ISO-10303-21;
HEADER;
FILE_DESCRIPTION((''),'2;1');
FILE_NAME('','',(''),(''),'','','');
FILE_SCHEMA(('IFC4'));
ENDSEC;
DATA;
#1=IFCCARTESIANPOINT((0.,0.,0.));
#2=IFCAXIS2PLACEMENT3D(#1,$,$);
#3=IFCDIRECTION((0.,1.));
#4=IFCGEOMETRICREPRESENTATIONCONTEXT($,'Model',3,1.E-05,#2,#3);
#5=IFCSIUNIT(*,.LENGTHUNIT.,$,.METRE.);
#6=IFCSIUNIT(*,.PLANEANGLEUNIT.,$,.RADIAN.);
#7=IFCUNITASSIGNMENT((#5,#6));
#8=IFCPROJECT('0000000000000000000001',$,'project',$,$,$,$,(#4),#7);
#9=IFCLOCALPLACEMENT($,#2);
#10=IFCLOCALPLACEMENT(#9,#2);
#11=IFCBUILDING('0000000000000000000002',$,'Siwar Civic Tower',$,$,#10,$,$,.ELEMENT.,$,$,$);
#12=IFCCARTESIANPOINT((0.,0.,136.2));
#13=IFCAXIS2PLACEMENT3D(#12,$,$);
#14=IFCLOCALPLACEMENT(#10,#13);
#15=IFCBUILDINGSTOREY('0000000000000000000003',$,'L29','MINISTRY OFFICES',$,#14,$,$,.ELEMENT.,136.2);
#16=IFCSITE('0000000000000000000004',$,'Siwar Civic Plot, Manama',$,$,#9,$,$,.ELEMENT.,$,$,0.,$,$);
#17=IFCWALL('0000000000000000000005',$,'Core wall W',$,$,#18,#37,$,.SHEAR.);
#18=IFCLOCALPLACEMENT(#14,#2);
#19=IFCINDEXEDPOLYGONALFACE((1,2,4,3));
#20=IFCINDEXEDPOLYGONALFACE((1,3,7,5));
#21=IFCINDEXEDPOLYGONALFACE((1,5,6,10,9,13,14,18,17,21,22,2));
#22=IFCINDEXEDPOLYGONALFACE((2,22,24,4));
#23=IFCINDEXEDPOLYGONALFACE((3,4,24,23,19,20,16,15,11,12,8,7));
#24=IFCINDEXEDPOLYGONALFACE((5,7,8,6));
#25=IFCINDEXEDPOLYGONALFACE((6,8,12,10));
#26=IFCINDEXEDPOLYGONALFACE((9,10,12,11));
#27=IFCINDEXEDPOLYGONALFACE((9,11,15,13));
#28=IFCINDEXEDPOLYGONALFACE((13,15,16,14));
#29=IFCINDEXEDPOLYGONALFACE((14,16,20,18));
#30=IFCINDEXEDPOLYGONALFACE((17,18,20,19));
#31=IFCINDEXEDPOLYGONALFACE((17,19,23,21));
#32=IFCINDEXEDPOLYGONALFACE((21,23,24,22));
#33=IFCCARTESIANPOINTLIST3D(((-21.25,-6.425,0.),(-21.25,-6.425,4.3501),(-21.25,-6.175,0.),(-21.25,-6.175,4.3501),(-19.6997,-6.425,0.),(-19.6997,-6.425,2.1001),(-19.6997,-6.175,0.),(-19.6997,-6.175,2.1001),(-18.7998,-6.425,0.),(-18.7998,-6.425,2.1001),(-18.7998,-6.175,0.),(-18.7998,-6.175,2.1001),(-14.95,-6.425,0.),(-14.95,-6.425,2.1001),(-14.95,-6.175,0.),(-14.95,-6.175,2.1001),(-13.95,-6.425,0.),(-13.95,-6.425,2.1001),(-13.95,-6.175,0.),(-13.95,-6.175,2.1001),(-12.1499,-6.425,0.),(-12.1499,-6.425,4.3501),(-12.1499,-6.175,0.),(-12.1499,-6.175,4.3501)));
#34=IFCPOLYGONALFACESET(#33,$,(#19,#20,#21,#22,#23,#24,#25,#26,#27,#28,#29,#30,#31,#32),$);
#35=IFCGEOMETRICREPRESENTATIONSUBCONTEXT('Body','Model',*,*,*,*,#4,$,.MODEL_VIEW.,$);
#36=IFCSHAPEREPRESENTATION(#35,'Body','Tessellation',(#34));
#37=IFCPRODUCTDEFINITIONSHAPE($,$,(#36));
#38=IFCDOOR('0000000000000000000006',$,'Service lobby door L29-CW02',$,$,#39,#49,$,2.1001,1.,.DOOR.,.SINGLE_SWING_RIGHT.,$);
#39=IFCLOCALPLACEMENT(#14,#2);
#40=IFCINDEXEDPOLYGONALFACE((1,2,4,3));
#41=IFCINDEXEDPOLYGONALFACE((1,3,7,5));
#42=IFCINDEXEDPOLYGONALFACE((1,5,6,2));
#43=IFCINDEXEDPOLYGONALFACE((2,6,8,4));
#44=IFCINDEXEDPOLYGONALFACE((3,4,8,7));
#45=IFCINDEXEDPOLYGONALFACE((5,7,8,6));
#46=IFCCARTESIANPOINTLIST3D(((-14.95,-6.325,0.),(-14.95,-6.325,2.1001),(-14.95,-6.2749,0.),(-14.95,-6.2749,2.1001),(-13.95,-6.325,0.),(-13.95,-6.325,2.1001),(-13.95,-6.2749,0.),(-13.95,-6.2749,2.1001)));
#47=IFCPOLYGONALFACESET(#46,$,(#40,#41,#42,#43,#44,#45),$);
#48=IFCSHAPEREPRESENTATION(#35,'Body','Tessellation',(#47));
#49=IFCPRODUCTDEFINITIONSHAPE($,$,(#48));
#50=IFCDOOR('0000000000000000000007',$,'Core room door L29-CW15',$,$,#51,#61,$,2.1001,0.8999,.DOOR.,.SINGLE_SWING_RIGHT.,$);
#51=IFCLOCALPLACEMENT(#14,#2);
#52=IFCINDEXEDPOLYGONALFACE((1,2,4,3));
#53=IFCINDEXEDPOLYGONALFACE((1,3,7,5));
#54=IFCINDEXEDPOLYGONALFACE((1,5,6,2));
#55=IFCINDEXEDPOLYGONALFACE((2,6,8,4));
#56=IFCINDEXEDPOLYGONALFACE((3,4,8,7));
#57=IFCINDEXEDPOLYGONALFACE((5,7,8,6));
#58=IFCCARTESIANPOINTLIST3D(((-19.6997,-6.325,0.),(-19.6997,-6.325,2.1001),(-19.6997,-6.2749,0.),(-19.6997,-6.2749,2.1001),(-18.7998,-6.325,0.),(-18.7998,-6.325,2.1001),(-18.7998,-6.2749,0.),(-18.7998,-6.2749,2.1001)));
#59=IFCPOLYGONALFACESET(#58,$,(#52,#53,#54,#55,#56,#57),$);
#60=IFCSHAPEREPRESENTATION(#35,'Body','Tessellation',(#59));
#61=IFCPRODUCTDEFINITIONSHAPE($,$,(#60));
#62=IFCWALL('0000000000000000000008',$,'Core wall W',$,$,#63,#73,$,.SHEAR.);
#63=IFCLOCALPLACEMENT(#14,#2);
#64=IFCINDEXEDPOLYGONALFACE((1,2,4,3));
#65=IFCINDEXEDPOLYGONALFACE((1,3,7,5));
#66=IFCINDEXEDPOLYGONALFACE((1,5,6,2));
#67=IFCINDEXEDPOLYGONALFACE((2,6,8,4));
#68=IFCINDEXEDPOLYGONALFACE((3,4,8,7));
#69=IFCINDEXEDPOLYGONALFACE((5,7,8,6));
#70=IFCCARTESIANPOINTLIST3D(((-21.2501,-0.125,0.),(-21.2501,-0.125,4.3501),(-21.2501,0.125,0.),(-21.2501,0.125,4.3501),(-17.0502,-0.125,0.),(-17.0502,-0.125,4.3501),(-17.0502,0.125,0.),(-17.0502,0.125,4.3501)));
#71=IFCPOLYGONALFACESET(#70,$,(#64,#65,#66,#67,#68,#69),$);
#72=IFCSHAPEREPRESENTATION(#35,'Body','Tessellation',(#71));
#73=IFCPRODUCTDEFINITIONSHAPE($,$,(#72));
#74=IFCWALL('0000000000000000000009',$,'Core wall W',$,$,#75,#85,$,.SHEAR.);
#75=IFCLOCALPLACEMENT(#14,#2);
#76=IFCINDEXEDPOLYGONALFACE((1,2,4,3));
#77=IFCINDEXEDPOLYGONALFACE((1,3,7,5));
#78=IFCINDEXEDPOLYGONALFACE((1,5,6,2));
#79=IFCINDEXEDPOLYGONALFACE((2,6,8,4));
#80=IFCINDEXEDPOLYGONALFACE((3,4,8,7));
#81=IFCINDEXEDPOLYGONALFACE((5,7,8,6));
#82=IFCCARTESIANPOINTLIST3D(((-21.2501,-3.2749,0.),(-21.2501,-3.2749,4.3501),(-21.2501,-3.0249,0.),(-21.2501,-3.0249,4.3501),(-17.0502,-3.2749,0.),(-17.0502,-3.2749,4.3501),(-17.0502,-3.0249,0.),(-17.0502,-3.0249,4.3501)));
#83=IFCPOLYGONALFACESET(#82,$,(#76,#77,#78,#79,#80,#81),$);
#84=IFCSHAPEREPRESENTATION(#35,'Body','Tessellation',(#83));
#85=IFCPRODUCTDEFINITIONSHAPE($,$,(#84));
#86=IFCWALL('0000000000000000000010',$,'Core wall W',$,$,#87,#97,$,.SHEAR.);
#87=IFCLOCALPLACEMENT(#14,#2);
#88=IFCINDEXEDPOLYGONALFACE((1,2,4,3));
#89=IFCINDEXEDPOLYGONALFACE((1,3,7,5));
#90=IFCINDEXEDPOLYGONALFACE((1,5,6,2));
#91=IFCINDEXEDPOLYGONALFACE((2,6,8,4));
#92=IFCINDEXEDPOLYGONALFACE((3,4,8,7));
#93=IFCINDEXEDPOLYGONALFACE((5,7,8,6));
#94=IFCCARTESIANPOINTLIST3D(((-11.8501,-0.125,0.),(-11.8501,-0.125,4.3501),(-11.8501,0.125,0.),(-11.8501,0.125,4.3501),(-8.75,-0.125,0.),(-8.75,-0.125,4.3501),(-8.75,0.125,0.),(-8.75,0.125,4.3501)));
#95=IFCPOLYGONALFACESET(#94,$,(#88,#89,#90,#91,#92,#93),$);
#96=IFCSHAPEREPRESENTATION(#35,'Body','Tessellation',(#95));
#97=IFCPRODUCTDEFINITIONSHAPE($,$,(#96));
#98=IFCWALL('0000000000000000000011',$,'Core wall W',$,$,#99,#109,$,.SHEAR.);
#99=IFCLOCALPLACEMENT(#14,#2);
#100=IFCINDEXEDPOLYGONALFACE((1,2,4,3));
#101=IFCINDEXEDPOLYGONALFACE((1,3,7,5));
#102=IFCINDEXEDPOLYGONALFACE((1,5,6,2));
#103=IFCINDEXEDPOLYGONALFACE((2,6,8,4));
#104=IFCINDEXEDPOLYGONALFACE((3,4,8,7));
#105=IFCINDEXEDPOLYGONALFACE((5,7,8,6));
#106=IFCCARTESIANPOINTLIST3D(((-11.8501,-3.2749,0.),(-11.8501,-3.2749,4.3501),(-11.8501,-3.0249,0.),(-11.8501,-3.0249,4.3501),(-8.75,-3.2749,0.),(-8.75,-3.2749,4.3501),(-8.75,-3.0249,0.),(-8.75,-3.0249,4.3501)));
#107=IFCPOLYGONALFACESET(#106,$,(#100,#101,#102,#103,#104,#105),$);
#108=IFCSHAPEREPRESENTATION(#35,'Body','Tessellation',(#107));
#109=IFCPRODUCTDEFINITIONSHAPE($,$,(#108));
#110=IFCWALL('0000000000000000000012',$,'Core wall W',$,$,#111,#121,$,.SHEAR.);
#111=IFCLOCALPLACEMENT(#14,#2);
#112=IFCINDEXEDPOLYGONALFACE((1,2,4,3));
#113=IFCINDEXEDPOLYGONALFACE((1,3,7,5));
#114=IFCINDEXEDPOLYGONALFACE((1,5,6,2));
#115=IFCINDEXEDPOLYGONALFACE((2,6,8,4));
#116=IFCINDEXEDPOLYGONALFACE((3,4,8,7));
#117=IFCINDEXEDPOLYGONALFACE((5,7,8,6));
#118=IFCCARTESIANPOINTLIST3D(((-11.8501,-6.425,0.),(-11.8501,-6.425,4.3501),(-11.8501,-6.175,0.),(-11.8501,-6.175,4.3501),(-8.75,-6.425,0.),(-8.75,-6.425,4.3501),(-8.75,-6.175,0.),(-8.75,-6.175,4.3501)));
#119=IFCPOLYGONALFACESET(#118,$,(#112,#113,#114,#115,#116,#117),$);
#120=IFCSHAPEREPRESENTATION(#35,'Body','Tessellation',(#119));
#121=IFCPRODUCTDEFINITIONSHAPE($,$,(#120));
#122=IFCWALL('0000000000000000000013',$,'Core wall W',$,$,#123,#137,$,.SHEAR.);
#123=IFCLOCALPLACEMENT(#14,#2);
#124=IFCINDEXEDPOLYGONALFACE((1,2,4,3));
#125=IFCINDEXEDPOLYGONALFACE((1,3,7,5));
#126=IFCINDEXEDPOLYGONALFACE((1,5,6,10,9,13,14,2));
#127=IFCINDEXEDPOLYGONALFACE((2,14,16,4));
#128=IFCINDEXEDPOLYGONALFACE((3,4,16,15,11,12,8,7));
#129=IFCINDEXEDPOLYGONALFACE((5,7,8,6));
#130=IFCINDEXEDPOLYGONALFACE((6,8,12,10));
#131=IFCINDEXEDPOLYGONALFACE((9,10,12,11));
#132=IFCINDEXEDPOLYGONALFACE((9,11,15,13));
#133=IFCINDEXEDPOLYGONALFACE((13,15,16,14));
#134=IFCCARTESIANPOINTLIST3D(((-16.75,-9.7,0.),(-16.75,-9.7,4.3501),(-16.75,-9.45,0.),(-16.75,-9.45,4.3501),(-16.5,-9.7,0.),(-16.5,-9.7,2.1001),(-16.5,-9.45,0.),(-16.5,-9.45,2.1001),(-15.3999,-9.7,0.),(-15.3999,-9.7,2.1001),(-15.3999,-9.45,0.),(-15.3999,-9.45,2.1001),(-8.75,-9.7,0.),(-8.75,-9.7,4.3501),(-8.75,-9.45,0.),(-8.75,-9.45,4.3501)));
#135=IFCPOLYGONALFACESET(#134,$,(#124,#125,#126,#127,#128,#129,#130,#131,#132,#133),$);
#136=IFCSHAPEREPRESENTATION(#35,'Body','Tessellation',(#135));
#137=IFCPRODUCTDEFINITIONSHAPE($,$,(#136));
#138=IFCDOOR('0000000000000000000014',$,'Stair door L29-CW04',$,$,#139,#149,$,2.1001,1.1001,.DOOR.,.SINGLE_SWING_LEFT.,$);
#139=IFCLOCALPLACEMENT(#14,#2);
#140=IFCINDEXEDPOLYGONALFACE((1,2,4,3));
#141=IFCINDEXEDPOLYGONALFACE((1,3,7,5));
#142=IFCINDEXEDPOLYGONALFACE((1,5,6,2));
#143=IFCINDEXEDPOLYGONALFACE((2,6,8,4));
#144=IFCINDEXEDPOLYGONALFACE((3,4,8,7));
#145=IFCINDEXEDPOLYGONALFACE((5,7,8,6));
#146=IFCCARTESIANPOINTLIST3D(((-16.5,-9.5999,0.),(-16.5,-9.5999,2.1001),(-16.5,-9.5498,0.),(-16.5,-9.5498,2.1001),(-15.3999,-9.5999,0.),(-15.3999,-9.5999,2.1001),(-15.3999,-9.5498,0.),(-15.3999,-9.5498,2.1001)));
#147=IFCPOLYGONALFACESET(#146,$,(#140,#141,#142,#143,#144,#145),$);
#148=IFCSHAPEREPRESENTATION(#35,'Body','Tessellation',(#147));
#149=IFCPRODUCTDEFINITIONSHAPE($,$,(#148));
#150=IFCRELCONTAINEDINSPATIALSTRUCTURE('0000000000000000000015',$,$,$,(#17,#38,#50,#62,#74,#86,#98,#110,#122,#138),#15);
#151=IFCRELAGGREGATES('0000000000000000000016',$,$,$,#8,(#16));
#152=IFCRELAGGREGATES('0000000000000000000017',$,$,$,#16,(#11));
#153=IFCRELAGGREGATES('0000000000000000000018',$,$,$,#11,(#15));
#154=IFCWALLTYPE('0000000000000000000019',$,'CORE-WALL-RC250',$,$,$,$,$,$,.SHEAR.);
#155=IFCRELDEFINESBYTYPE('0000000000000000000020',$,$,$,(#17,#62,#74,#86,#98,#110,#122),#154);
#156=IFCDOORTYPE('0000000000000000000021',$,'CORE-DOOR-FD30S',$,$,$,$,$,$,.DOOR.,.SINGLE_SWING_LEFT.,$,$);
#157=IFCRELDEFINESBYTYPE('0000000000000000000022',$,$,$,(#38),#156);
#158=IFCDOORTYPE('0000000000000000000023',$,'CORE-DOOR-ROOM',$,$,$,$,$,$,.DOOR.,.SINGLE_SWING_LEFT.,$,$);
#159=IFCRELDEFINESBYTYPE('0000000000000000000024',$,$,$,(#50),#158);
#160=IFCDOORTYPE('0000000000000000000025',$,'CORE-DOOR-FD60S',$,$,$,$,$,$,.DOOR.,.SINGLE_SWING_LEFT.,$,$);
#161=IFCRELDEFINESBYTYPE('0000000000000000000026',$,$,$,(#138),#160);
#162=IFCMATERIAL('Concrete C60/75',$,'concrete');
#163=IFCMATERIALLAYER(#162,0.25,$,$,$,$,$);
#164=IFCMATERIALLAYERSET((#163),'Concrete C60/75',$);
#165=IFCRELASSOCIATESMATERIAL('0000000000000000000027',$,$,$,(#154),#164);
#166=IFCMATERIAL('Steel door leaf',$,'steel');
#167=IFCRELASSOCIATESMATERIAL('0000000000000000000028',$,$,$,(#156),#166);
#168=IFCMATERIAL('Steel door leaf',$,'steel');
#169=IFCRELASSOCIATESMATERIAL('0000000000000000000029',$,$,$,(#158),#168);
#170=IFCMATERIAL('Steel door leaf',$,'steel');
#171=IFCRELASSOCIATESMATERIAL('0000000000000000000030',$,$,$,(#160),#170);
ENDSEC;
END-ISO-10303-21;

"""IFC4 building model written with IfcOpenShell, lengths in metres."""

from ifc_helpers import new_model, si_unit, direction, frame, frame_2d, origin, place, context, subcontext, project, spatial, rectangle, extrude, material, layer, layer_set, type_object, element, fill, save


model = new_model("IFC4")

# Units and contexts
model_context = context("Model", 3, precision=1e-05, world=origin(), true_north=direction((0.0, 1.0)))
body_context = subcontext(model_context, "Body", "Model", "MODEL_VIEW")
ifc_project = project(units=[si_unit("LENGTHUNIT", "METRE"), si_unit("PLANEANGLEUNIT", "RADIAN")], contexts=[model_context])

# Site, building, storey
site_placement = place(None, origin())
site = spatial("IfcSite", under=ifc_project, at=site_placement, Name="Siwar Civic Plot, Manama", CompositionType="ELEMENT", RefElevation=0.0)
building_placement = place(site_placement, origin())
building = spatial("IfcBuilding", under=site, at=building_placement, Name="Siwar Civic Tower", CompositionType="ELEMENT")
storey_placement = place(building_placement, frame((0.0, 0.0, 136.2)))
storey = spatial("IfcBuildingStorey", under=building, at=storey_placement, Name="L29", Description="MINISTRY OFFICES", CompositionType="ELEMENT", Elevation=136.2)

# Wall, openings, doors
ifc_material_1 = material(Name="Concrete C60/75", Category="concrete")
ifc_layer_1 = layer(ifc_material_1, 0.25)
ifc_layer_set_1 = layer_set([ifc_layer_1], Name="Concrete C60/75")
wall_type_1 = type_object("IfcWallType", Name="CORE-WALL-RC250", PredefinedType="SHEAR", material=ifc_layer_set_1)
wall_1_placement = place(storey_placement, frame((-12.1499, -6.3, 0.0), z_axis=(0.0, 0.0, 1.0), x_axis=(-1.0, 0.0, 0.0)))
wall_1 = element("IfcWall", 1, at=wall_1_placement, inside=storey, type_object=wall_type_1, Name="Core wall W", PredefinedType="SHEAR", context=body_context, shape_type="SweptSolid", body=[
    extrude(rectangle(XDim=9.1001, YDim=0.25, at=frame_2d((4.55, 0.0))), origin(), (0.0, 0.0, 1.0), 4.3501),
])
opening_1_placement = place(wall_1_placement, frame((1.8, 0.0, 0.0)))
opening_1 = element("IfcOpeningElement", 2, at=opening_1_placement, cuts=wall_1, PredefinedType="OPENING", context=body_context, shape_type="SweptSolid", body=[
    extrude(rectangle(XDim=1.0, YDim=2.1001, at=frame_2d((0.5, 1.05))), frame((0.0, 0.135, 0.0), z_axis=(0.0, -1.0, 0.0), x_axis=(1.0, 0.0, 0.0)), (0.0, 0.0, 1.0), 0.27),
])
opening_2_placement = place(wall_1_placement, frame((6.6499, 0.0, 0.0)))
opening_2 = element("IfcOpeningElement", 3, at=opening_2_placement, cuts=wall_1, PredefinedType="OPENING", context=body_context, shape_type="SweptSolid", body=[
    extrude(rectangle(XDim=0.8999, YDim=2.1001, at=frame_2d((0.45, 1.05))), frame((0.0, 0.135, 0.0), z_axis=(0.0, -1.0, 0.0), x_axis=(1.0, 0.0, 0.0)), (0.0, 0.0, 1.0), 0.27),
])
ifc_material_2 = material(Name="Steel door leaf", Category="steel")
door_type_1 = type_object("IfcDoorType", Name="CORE-DOOR-FD30S", OperationType="SINGLE_SWING_LEFT", PredefinedType="DOOR", material=ifc_material_2)
door_1_placement = place(opening_1_placement, origin())
door_1 = element("IfcDoor", 4, at=door_1_placement, inside=storey, type_object=door_type_1, Name="Service lobby door L29-CW02", OperationType="SINGLE_SWING_RIGHT", OverallHeight=2.1001, OverallWidth=1.0, PredefinedType="DOOR", context=body_context, shape_type="SweptSolid", body=[
    extrude(rectangle(XDim=1.0, YDim=2.1001, at=frame_2d((0.5, 1.05))), frame((0.0, 0.0249, 0.0), z_axis=(0.0, -1.0, 0.0), x_axis=(1.0, 0.0, 0.0)), (0.0, 0.0, 1.0), 0.05),
])
fill(opening_1, door_1)
ifc_material_3 = material(Name="Steel door leaf", Category="steel")
door_type_2 = type_object("IfcDoorType", Name="CORE-DOOR-ROOM", OperationType="SINGLE_SWING_LEFT", PredefinedType="DOOR", material=ifc_material_3)
door_2_placement = place(opening_2_placement, origin())
door_2 = element("IfcDoor", 5, at=door_2_placement, inside=storey, type_object=door_type_2, Name="Core room door L29-CW15", OperationType="SINGLE_SWING_RIGHT", OverallHeight=2.1001, OverallWidth=0.8999, PredefinedType="DOOR", context=body_context, shape_type="SweptSolid", body=[
    extrude(rectangle(XDim=0.8999, YDim=2.1001, at=frame_2d((0.45, 1.05))), frame((0.0, 0.0249, 0.0), z_axis=(0.0, -1.0, 0.0), x_axis=(1.0, 0.0, 0.0)), (0.0, 0.0, 1.0), 0.05),
])
fill(opening_2, door_2)

# Walls
for number, where, z_axis, x_axis, name in (
    (6, (-17.05, 0.0, 0.0), (0.0, 0.0, 1.0), (-1.0, 0.0, 0.0), "Core wall W"),
    (7, (-17.05, -3.1499, 0.0), (0.0, 0.0, 1.0), (-1.0, 0.0, 0.0), "Core wall W"),
):
    element("IfcWall", number, at=place(storey_placement, frame(where, z_axis=z_axis, x_axis=x_axis)), inside=storey, type_object=wall_type_1, Name=name, PredefinedType="SHEAR", context=body_context, shape_type="SweptSolid", body=[
        extrude(rectangle(XDim=4.2, YDim=0.25, at=frame_2d((2.1001, 0.0))), origin(), (0.0, 0.0, 1.0), 4.3501),
    ])
for number, where, z_axis, x_axis, name in (
    (8, (-8.75, 0.0, 0.0), (0.0, 0.0, 1.0), (-1.0, 0.0, 0.0), "Core wall W"),
    (9, (-8.75, -3.1499, 0.0), (0.0, 0.0, 1.0), (-1.0, 0.0, 0.0), "Core wall W"),
    (10, (-8.75, -6.3, 0.0), (0.0, 0.0, 1.0), (-1.0, 0.0, 0.0), "Core wall W"),
):
    element("IfcWall", number, at=place(storey_placement, frame(where, z_axis=z_axis, x_axis=x_axis)), inside=storey, type_object=wall_type_1, Name=name, PredefinedType="SHEAR", context=body_context, shape_type="SweptSolid", body=[
        extrude(rectangle(XDim=3.1001, YDim=0.25, at=frame_2d((1.55, 0.0))), origin(), (0.0, 0.0, 1.0), 4.3501),
    ])

# Wall, opening, door
wall_2_placement = place(storey_placement, frame((-8.75, -9.575, 0.0), z_axis=(0.0, 0.0, 1.0), x_axis=(-1.0, 0.0, 0.0)))
wall_2 = element("IfcWall", 11, at=wall_2_placement, inside=storey, type_object=wall_type_1, Name="Core wall W", PredefinedType="SHEAR", context=body_context, shape_type="SweptSolid", body=[
    extrude(rectangle(XDim=8.0, YDim=0.25, at=frame_2d((4.0, 0.0))), origin(), (0.0, 0.0, 1.0), 4.3501),
])
opening_3_placement = place(wall_2_placement, frame((6.6499, 0.0, 0.0)))
opening_3 = element("IfcOpeningElement", 12, at=opening_3_placement, cuts=wall_2, PredefinedType="OPENING", context=body_context, shape_type="SweptSolid", body=[
    extrude(rectangle(XDim=1.1001, YDim=2.1001, at=frame_2d((0.55, 1.05))), frame((0.0, 0.135, 0.0), z_axis=(0.0, -1.0, 0.0), x_axis=(1.0, 0.0, 0.0)), (0.0, 0.0, 1.0), 0.27),
])
ifc_material_4 = material(Name="Steel door leaf", Category="steel")
door_type_3 = type_object("IfcDoorType", Name="CORE-DOOR-FD60S", OperationType="SINGLE_SWING_LEFT", PredefinedType="DOOR", material=ifc_material_4)
door_3_placement = place(opening_3_placement, origin())
door_3 = element("IfcDoor", 13, at=door_3_placement, inside=storey, type_object=door_type_3, Name="Stair door L29-CW04", OperationType="SINGLE_SWING_LEFT", OverallHeight=2.1001, OverallWidth=1.1001, PredefinedType="DOOR", context=body_context, shape_type="SweptSolid", body=[
    extrude(rectangle(XDim=1.1001, YDim=2.1001, at=frame_2d((0.55, 1.05))), frame((0.0, 0.0249, 0.0), z_axis=(0.0, -1.0, 0.0), x_axis=(1.0, 0.0, 0.0)), (0.0, 0.0, 1.0), 0.05),
])
fill(opening_3, door_3)

save(model, "model.ifc")
